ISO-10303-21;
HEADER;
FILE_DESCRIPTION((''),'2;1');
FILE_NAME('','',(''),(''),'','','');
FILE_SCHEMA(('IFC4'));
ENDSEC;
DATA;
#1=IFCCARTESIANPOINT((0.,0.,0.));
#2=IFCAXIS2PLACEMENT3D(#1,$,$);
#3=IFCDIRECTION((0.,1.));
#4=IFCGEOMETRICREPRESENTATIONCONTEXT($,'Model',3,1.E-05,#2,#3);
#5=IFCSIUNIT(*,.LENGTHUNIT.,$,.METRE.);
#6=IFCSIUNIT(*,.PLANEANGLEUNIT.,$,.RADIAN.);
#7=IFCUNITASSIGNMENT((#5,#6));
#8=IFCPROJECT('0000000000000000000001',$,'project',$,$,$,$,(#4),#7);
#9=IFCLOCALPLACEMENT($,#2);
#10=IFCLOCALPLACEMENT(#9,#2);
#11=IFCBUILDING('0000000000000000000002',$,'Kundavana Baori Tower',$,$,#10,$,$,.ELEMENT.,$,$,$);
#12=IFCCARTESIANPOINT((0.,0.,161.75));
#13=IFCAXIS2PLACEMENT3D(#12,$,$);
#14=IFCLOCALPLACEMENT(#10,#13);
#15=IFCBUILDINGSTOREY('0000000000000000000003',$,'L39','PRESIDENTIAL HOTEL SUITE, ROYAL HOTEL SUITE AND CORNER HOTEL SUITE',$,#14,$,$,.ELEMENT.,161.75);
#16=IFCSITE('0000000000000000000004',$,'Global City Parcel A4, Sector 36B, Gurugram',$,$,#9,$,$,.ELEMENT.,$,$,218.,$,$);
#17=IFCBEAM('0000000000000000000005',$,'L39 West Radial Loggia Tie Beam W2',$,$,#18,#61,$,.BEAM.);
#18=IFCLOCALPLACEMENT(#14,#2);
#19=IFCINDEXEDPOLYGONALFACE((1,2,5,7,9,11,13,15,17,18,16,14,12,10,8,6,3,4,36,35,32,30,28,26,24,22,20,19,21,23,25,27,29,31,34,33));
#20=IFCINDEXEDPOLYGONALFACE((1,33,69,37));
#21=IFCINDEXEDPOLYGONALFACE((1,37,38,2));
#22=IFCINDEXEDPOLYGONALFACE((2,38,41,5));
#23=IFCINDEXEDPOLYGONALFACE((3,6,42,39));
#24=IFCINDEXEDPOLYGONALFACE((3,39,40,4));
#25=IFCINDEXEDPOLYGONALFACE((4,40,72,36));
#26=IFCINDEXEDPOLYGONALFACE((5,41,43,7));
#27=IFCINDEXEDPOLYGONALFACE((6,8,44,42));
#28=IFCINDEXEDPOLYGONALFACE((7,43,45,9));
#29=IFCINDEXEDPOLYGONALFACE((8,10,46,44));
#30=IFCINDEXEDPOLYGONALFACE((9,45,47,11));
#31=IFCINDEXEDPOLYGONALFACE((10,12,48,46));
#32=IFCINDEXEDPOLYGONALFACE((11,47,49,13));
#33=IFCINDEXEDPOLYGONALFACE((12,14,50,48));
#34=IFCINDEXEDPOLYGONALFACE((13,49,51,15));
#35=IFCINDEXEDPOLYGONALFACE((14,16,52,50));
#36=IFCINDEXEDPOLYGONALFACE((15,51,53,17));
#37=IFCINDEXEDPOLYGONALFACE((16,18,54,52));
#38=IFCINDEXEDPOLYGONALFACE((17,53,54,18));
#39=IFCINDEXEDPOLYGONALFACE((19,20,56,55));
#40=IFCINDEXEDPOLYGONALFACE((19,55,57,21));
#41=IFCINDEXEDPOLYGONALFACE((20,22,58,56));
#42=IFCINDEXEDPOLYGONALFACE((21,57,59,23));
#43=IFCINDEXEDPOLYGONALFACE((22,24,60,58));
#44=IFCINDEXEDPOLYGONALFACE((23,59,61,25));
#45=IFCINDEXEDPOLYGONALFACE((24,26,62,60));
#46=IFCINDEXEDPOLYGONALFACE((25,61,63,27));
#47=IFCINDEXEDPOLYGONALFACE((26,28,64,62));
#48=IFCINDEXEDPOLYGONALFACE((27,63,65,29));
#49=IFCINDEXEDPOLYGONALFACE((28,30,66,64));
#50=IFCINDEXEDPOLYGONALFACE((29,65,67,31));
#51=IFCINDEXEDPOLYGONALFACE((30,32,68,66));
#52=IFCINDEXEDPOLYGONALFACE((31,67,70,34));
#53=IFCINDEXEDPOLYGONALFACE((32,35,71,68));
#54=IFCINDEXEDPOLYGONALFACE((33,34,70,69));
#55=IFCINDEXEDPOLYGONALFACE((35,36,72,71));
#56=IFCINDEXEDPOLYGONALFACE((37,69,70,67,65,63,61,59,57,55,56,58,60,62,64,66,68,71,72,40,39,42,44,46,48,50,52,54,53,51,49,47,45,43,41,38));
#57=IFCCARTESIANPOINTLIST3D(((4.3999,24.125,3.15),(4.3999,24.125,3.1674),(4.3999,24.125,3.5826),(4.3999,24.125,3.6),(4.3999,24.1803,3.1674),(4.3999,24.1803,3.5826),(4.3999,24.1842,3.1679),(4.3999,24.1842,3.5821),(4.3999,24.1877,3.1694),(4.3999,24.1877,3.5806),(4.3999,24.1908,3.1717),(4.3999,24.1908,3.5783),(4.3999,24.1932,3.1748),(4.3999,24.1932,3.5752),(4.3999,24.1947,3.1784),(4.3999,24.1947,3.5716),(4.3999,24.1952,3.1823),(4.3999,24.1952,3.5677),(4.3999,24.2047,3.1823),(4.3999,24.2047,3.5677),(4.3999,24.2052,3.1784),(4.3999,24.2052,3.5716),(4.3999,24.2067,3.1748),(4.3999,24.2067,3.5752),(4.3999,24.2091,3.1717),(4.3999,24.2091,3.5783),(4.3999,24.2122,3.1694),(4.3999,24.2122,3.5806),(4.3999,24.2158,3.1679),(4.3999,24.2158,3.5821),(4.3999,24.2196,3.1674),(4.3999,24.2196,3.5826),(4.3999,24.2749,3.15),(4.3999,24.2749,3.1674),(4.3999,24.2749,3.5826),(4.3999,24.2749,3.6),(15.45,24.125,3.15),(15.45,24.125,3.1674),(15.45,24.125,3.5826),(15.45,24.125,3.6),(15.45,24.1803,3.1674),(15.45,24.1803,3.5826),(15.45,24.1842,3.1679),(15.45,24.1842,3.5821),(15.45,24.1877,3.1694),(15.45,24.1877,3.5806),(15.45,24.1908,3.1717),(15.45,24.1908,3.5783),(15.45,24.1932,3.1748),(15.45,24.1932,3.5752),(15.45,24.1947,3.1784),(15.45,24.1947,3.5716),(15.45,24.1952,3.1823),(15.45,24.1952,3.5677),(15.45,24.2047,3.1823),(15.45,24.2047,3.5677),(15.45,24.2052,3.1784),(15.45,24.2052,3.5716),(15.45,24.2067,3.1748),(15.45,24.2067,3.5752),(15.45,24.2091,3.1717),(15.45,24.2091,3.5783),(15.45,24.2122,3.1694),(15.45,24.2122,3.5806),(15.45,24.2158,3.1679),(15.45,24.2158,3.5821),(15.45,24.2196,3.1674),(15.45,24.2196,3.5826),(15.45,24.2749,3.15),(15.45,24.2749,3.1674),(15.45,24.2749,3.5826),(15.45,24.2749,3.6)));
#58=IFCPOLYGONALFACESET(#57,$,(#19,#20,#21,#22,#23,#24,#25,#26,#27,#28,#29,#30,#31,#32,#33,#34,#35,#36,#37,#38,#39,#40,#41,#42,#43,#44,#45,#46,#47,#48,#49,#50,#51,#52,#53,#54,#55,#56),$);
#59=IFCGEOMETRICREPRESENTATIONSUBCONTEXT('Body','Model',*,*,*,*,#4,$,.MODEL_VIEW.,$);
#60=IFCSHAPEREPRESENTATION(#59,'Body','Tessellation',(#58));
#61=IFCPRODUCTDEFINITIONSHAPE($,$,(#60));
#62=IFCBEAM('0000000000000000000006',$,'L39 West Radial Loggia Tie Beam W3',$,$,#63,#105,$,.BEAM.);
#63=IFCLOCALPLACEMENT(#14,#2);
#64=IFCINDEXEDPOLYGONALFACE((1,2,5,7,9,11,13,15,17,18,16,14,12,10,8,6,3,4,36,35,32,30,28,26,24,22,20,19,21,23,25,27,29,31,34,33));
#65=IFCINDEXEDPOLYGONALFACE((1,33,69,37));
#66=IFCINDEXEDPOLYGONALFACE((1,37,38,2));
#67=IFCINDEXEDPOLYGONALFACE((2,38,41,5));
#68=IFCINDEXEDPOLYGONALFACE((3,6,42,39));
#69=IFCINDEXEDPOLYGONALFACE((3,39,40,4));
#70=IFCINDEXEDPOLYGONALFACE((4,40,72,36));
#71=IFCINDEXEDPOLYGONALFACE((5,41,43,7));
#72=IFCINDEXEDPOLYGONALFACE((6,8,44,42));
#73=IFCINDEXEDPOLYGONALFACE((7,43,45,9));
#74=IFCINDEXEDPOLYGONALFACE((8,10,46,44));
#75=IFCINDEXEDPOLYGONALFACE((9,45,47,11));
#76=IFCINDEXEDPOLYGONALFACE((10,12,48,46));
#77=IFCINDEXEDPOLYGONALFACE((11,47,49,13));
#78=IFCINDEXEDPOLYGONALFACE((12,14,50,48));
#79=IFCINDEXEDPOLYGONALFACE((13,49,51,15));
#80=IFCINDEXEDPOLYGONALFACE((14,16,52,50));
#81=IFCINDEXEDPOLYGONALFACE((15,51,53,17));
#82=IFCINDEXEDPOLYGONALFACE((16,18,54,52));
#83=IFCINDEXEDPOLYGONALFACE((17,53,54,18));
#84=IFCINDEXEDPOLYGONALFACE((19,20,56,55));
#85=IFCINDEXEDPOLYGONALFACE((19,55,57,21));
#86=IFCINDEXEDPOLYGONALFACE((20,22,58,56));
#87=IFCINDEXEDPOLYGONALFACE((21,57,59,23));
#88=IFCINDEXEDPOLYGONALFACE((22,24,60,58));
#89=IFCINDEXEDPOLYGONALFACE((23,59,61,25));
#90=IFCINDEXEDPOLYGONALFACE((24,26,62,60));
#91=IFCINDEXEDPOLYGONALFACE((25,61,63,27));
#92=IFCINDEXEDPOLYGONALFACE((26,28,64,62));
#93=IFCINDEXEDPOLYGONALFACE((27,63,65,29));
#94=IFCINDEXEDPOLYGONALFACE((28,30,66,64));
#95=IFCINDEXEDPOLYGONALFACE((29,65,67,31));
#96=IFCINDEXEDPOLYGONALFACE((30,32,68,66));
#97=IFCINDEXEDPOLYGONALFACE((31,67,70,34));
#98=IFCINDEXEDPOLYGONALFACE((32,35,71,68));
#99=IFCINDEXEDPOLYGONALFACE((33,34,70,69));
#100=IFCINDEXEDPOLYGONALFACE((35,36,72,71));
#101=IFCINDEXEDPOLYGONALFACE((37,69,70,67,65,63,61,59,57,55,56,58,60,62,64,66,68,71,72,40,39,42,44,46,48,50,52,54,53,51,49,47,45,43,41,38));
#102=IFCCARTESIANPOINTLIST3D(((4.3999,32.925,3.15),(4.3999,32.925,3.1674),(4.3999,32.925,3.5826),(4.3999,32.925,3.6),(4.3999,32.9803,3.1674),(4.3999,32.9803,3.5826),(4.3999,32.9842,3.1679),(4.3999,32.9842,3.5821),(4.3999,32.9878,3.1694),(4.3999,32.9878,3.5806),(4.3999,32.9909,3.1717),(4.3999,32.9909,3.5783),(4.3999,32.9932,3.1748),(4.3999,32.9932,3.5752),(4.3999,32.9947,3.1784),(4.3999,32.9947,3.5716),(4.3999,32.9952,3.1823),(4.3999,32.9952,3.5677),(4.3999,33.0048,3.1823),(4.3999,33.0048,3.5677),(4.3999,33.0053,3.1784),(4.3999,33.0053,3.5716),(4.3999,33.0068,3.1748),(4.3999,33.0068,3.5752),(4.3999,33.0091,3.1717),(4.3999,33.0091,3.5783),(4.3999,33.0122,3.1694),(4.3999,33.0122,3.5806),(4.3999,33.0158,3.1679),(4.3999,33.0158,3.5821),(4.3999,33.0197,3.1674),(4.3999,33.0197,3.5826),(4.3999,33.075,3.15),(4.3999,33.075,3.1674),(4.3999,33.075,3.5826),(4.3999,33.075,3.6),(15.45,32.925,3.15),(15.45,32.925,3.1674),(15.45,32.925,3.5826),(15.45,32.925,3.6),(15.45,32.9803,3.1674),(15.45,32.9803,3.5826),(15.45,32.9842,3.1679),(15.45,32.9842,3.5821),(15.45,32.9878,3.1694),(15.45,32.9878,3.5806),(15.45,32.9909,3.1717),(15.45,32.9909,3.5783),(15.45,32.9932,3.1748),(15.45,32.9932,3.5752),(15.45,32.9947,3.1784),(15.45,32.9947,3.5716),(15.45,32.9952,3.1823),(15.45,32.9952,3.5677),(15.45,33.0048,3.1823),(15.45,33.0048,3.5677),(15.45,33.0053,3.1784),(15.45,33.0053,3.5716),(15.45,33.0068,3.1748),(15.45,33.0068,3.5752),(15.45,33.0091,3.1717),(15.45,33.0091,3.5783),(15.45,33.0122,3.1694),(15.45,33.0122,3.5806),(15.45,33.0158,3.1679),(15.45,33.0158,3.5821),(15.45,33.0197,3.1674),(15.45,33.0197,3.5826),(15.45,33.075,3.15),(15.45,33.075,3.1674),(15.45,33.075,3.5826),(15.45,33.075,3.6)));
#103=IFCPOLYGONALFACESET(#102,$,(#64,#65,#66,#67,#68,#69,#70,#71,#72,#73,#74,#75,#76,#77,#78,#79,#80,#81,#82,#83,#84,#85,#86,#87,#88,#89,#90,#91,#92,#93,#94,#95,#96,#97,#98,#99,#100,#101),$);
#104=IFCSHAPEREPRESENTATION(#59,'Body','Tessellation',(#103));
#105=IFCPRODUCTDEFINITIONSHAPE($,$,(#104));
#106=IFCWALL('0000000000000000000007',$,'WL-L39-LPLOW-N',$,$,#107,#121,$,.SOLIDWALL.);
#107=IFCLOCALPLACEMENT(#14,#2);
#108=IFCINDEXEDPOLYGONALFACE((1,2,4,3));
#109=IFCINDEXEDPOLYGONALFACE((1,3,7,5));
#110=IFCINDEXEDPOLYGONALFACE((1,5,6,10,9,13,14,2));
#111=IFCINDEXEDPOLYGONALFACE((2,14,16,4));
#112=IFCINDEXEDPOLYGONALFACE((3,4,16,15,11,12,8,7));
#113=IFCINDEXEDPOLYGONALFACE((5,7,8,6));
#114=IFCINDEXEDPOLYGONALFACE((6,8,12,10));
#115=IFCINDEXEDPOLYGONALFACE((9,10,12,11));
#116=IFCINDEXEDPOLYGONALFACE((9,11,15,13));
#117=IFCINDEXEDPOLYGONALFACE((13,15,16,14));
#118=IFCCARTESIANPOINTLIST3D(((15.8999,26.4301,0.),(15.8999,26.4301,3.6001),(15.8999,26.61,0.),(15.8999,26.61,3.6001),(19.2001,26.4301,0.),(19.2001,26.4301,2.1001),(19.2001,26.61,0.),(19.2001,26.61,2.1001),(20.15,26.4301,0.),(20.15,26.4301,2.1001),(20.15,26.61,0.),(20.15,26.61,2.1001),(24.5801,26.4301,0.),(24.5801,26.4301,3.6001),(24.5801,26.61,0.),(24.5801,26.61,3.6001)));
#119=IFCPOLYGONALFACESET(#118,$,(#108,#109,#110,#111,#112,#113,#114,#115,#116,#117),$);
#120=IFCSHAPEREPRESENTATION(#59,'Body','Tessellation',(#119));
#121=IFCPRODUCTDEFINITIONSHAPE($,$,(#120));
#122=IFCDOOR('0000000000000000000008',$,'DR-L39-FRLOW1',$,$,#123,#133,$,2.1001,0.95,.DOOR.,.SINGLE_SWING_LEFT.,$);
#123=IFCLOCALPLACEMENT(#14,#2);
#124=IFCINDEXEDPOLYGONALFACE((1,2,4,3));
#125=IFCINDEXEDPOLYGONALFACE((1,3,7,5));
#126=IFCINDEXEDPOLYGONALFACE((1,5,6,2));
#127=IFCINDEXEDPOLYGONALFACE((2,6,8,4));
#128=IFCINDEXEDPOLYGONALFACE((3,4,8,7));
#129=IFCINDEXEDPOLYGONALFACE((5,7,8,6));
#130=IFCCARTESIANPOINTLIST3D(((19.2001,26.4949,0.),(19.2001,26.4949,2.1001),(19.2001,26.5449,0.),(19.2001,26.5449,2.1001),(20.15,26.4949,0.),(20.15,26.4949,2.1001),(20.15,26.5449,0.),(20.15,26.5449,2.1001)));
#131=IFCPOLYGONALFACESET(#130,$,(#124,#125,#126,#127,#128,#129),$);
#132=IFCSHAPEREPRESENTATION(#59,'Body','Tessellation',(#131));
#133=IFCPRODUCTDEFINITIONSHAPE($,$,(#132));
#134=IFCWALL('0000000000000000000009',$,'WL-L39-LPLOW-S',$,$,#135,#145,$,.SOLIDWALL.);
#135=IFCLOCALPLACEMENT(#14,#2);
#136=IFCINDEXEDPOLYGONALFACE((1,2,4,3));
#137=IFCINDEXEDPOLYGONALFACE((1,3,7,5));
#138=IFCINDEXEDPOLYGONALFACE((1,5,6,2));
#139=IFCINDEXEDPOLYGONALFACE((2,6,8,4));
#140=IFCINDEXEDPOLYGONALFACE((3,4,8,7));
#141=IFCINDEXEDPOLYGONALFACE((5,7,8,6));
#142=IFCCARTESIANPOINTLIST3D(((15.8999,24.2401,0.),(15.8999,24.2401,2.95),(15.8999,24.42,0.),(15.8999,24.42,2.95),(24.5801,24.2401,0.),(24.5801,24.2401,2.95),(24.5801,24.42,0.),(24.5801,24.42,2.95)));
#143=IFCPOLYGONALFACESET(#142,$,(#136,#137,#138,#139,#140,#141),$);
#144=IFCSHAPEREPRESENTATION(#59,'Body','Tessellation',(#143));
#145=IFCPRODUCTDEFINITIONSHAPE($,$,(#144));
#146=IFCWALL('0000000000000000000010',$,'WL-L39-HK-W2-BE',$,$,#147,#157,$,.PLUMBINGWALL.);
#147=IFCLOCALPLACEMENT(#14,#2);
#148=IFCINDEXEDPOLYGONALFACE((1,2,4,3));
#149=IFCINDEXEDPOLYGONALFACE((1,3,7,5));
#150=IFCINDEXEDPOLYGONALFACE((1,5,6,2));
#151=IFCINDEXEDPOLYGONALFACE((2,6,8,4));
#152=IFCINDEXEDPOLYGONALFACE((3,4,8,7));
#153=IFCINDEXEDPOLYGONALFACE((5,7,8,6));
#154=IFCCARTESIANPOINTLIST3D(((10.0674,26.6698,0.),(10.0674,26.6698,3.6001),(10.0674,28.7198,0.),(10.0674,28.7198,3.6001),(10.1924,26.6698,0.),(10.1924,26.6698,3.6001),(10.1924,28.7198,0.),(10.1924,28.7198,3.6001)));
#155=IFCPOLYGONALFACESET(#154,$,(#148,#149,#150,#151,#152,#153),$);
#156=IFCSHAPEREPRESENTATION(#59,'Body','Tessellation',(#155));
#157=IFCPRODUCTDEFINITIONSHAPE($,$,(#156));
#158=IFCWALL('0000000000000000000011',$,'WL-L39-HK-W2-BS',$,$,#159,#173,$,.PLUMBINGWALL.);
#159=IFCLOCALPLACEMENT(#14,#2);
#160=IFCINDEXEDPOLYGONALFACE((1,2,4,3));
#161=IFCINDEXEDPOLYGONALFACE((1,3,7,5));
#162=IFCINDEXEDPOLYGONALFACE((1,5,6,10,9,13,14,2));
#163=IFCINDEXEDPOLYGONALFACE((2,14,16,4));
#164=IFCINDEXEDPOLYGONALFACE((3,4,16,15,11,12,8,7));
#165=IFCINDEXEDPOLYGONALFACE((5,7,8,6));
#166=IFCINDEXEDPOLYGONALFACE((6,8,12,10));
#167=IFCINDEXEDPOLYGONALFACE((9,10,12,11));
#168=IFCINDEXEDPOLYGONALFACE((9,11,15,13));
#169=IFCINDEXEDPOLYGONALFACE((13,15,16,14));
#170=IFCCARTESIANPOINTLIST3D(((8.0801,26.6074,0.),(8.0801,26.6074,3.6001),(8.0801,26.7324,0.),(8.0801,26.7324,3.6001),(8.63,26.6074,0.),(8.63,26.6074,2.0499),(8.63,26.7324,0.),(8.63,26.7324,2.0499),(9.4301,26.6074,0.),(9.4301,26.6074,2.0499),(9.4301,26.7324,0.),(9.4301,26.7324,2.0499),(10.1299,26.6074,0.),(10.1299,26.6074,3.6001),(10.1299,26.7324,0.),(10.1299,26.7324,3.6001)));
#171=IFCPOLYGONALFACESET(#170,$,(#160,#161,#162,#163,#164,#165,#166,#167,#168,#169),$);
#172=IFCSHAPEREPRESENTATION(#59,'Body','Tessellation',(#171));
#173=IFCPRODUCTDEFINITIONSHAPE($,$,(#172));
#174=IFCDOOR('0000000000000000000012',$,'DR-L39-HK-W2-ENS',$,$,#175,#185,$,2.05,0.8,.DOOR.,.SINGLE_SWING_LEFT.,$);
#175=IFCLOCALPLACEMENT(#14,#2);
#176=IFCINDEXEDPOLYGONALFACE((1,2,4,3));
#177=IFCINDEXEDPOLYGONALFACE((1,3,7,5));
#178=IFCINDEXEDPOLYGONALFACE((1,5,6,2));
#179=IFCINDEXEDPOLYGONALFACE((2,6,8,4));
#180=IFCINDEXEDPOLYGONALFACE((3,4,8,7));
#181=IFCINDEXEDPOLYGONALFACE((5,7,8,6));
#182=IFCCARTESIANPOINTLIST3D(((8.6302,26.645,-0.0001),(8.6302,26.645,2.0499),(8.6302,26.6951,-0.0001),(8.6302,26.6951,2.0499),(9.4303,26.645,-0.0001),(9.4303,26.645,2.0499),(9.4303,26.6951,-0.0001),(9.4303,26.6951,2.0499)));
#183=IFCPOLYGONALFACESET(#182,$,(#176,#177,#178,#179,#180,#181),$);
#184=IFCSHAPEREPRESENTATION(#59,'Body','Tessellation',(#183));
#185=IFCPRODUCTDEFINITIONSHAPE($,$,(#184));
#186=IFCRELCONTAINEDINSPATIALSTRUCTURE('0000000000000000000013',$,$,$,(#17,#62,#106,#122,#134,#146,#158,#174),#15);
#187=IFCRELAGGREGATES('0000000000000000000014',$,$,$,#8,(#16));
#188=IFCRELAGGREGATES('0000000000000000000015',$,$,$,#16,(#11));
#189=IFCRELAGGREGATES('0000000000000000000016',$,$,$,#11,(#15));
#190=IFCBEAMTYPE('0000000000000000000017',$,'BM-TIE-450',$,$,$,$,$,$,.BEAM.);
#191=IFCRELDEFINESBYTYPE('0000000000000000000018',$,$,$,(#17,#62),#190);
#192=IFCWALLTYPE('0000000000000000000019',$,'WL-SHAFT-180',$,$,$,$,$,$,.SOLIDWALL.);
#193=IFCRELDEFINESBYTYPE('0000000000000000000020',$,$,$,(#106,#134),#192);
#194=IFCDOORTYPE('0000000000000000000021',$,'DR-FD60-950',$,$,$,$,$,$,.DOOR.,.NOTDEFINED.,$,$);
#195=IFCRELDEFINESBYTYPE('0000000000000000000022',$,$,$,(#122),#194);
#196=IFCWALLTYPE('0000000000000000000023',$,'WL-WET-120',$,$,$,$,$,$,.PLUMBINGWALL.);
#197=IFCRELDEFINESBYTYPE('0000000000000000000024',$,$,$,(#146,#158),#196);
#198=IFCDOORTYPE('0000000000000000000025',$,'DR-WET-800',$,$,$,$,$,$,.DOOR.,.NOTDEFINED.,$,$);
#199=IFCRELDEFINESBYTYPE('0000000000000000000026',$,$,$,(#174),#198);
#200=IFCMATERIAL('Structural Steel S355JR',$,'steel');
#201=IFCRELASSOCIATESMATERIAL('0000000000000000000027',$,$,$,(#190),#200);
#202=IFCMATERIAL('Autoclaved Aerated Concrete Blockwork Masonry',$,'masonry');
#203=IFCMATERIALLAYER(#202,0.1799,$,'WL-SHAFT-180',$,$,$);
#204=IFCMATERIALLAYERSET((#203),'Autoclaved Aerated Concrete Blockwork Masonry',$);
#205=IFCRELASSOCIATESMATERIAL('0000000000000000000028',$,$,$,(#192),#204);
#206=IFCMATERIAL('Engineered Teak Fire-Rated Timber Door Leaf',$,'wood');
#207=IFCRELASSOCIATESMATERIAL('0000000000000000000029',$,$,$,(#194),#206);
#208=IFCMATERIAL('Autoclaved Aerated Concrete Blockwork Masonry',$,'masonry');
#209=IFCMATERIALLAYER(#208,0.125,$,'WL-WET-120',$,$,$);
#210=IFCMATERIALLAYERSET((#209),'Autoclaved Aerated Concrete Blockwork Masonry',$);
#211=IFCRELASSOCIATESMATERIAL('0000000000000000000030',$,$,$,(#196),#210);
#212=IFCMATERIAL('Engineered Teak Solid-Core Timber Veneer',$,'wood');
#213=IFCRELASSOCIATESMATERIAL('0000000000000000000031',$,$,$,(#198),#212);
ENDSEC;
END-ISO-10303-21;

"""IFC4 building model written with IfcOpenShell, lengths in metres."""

from ifc_helpers import new_model, si_unit, direction, frame, frame_2d, origin, origin_2d, place, context, subcontext, project, spatial, rectangle, i_section, extrude, material, layer, layer_set, material_profile, profile_set, type_object, element, fill, save


model = new_model("IFC4")

# Units and contexts
model_context = context("Model", 3, precision=1e-05, world=origin(), true_north=direction((0.0, 1.0)))
body_context = subcontext(model_context, "Body", "Model", "MODEL_VIEW")
ifc_project = project(units=[si_unit("LENGTHUNIT", "METRE"), si_unit("PLANEANGLEUNIT", "RADIAN")], contexts=[model_context])

# Site, building, storey
site_placement = place(None, origin())
site = spatial("IfcSite", under=ifc_project, at=site_placement, Name="Global City Parcel A4, Sector 36B, Gurugram", CompositionType="ELEMENT", RefElevation=218.0)
building_placement = place(site_placement, origin())
building = spatial("IfcBuilding", under=site, at=building_placement, Name="Kundavana Baori Tower", CompositionType="ELEMENT")
storey_placement = place(building_placement, frame((0.0, 0.0, 161.75)))
storey = spatial("IfcBuildingStorey", under=building, at=storey_placement, Name="L39", Description="PRESIDENTIAL HOTEL SUITE, ROYAL HOTEL SUITE AND CORNER HOTEL SUITE", CompositionType="ELEMENT", Elevation=161.75)

# Beams
ifc_material_1 = material(Name="Structural Steel S355JR", Category="steel")
ifc_material_profile_1 = material_profile(ifc_material_1, i_section(OverallWidth=0.1499, OverallDepth=0.45, WebThickness=0.0095, FlangeThickness=0.0173, FilletRadius=0.0149, at=origin_2d()), Name="ISMB 450")
ifc_profile_set_1 = profile_set([ifc_material_profile_1], Name="Structural Steel S355JR")
beam_type_1 = type_object("IfcBeamType", Name="BM-TIE-450", PredefinedType="BEAM", material=ifc_profile_set_1)
for number, where, z_axis, x_axis, name in (
    (1, (15.45, 24.2, 3.375), (-1.0, 0.0, 0.0), (0.0, -1.0, 0.0), "L39 West Radial Loggia Tie Beam W2"),
    (2, (15.45, 33.0, 3.375), (-1.0, 0.0, 0.0), (0.0, -1.0, 0.0), "L39 West Radial Loggia Tie Beam W3"),
):
    element("IfcBeam", number, at=place(storey_placement, frame(where, z_axis=z_axis, x_axis=x_axis)), inside=storey, type_object=beam_type_1, Name=name, PredefinedType="BEAM", context=body_context, shape_type="SweptSolid", body=[
        extrude(i_section(OverallWidth=0.1499, OverallDepth=0.45, WebThickness=0.0095, FlangeThickness=0.0173, FilletRadius=0.0149, at=origin_2d()), origin(), (0.0, 0.0, 1.0), 11.05),
    ])

# Wall, opening, door
ifc_material_2 = material(Name="Autoclaved Aerated Concrete Blockwork Masonry", Category="masonry")
ifc_layer_1 = layer(ifc_material_2, 0.1799, Name="WL-SHAFT-180")
ifc_layer_set_1 = layer_set([ifc_layer_1], Name="Autoclaved Aerated Concrete Blockwork Masonry")
wall_type_1 = type_object("IfcWallType", Name="WL-SHAFT-180", PredefinedType="SOLIDWALL", material=ifc_layer_set_1)
wall_1_placement = place(storey_placement, frame((15.8999, 26.52, 0.0), z_axis=(0.0, 0.0, 1.0), x_axis=(1.0, 0.0, 0.0)))
wall_1 = element("IfcWall", 3, at=wall_1_placement, inside=storey, type_object=wall_type_1, Name="WL-L39-LPLOW-N", PredefinedType="SOLIDWALL", context=body_context, shape_type="SweptSolid", body=[
    extrude(rectangle(XDim=8.6802, YDim=0.1799, at=frame_2d((4.3401, 0.0))), origin(), (0.0, 0.0, 1.0), 3.6001),
])
opening_1_placement = place(wall_1_placement, frame((3.3, 0.0, 0.0)))
opening_1 = element("IfcOpeningElement", 4, at=opening_1_placement, cuts=wall_1, PredefinedType="OPENING", context=body_context, shape_type="SweptSolid", body=[
    extrude(rectangle(XDim=0.95, YDim=2.1001, at=frame_2d((0.4751, 1.05))), frame((0.0, 0.1001, 0.0), z_axis=(0.0, -1.0, 0.0), x_axis=(1.0, 0.0, 0.0)), (0.0, 0.0, 1.0), 0.2),
])
ifc_material_3 = material(Name="Engineered Teak Fire-Rated Timber Door Leaf", Category="wood")
door_type_1 = type_object("IfcDoorType", Name="DR-FD60-950", OperationType="NOTDEFINED", PredefinedType="DOOR", material=ifc_material_3)
door_1_placement = place(opening_1_placement, origin())
door_1 = element("IfcDoor", 5, at=door_1_placement, inside=storey, type_object=door_type_1, Name="DR-L39-FRLOW1", OperationType="SINGLE_SWING_LEFT", OverallHeight=2.1001, OverallWidth=0.95, PredefinedType="DOOR", context=body_context, shape_type="SweptSolid", body=[
    extrude(rectangle(XDim=0.95, YDim=2.1001, at=frame_2d((0.4751, 1.05))), frame((0.0, 0.0249, 0.0), z_axis=(0.0, -1.0, 0.0), x_axis=(1.0, 0.0, 0.0)), (0.0, 0.0, 1.0), 0.05),
])
fill(opening_1, door_1)

# Walls
wall_2_placement = place(storey_placement, frame((15.8999, 24.3301, 0.0), z_axis=(0.0, 0.0, 1.0), x_axis=(1.0, 0.0, 0.0)))
element("IfcWall", 6, at=wall_2_placement, inside=storey, type_object=wall_type_1, Name="WL-L39-LPLOW-S", PredefinedType="SOLIDWALL", context=body_context, shape_type="SweptSolid", body=[
    extrude(rectangle(XDim=8.6802, YDim=0.1799, at=frame_2d((4.3401, 0.0))), origin(), (0.0, 0.0, 1.0), 2.95),
])
ifc_material_4 = material(Name="Autoclaved Aerated Concrete Blockwork Masonry", Category="masonry")
ifc_layer_2 = layer(ifc_material_4, 0.125, Name="WL-WET-120")
ifc_layer_set_2 = layer_set([ifc_layer_2], Name="Autoclaved Aerated Concrete Blockwork Masonry")
wall_type_2 = type_object("IfcWallType", Name="WL-WET-120", PredefinedType="PLUMBINGWALL", material=ifc_layer_set_2)
wall_3_placement = place(storey_placement, frame((10.1299, 26.6699, 0.0), z_axis=(0.0, 0.0, 1.0), x_axis=(0.0, 1.0, 0.0)))
element("IfcWall", 7, at=wall_3_placement, inside=storey, type_object=wall_type_2, Name="WL-L39-HK-W2-BE", PredefinedType="PLUMBINGWALL", context=body_context, shape_type="SweptSolid", body=[
    extrude(rectangle(XDim=2.05, YDim=0.125, at=frame_2d((1.0249, 0.0))), origin(), (0.0, 0.0, 1.0), 3.6001),
])

# Wall, opening, door
wall_4_placement = place(storey_placement, frame((8.0801, 26.6699, 0.0), z_axis=(0.0, 0.0, 1.0), x_axis=(1.0, 0.0, 0.0)))
wall_4 = element("IfcWall", 8, at=wall_4_placement, inside=storey, type_object=wall_type_2, Name="WL-L39-HK-W2-BS", PredefinedType="PLUMBINGWALL", context=body_context, shape_type="SweptSolid", body=[
    extrude(rectangle(XDim=2.0498, YDim=0.125, at=frame_2d((1.0249, 0.0))), origin(), (0.0, 0.0, 1.0), 3.6001),
])
opening_2_placement = place(wall_4_placement, frame((0.55, 0.0, 0.0)))
opening_2 = element("IfcOpeningElement", 9, at=opening_2_placement, cuts=wall_4, PredefinedType="OPENING", context=body_context, shape_type="SweptSolid", body=[
    extrude(rectangle(XDim=0.8, YDim=2.05, at=frame_2d((0.3999, 1.0249))), frame((0.0, 0.0725, 0.0), z_axis=(0.0, -1.0, 0.0), x_axis=(1.0, 0.0, 0.0)), (0.0, 0.0, 1.0), 0.145),
])
ifc_material_5 = material(Name="Engineered Teak Solid-Core Timber Veneer", Category="wood")
door_type_2 = type_object("IfcDoorType", Name="DR-WET-800", OperationType="NOTDEFINED", PredefinedType="DOOR", material=ifc_material_5)
door_2_placement = place(opening_2_placement, frame((0.8, 0.0, 0.0), z_axis=(0.0, 0.0, 1.0), x_axis=(-1.0, 0.0, 0.0)))
door_2 = element("IfcDoor", 10, at=door_2_placement, inside=storey, type_object=door_type_2, Name="DR-L39-HK-W2-ENS", OperationType="SINGLE_SWING_LEFT", OverallHeight=2.05, OverallWidth=0.8, PredefinedType="DOOR", context=body_context, shape_type="SweptSolid", body=[
    extrude(rectangle(XDim=0.8, YDim=2.05, at=frame_2d((0.3999, 1.0249))), frame((0.0, 0.0249, 0.0), z_axis=(0.0, -1.0, 0.0), x_axis=(1.0, 0.0, 0.0)), (0.0, 0.0, 1.0), 0.05),
])
fill(opening_2, door_2)

save(model, "model.ifc")
